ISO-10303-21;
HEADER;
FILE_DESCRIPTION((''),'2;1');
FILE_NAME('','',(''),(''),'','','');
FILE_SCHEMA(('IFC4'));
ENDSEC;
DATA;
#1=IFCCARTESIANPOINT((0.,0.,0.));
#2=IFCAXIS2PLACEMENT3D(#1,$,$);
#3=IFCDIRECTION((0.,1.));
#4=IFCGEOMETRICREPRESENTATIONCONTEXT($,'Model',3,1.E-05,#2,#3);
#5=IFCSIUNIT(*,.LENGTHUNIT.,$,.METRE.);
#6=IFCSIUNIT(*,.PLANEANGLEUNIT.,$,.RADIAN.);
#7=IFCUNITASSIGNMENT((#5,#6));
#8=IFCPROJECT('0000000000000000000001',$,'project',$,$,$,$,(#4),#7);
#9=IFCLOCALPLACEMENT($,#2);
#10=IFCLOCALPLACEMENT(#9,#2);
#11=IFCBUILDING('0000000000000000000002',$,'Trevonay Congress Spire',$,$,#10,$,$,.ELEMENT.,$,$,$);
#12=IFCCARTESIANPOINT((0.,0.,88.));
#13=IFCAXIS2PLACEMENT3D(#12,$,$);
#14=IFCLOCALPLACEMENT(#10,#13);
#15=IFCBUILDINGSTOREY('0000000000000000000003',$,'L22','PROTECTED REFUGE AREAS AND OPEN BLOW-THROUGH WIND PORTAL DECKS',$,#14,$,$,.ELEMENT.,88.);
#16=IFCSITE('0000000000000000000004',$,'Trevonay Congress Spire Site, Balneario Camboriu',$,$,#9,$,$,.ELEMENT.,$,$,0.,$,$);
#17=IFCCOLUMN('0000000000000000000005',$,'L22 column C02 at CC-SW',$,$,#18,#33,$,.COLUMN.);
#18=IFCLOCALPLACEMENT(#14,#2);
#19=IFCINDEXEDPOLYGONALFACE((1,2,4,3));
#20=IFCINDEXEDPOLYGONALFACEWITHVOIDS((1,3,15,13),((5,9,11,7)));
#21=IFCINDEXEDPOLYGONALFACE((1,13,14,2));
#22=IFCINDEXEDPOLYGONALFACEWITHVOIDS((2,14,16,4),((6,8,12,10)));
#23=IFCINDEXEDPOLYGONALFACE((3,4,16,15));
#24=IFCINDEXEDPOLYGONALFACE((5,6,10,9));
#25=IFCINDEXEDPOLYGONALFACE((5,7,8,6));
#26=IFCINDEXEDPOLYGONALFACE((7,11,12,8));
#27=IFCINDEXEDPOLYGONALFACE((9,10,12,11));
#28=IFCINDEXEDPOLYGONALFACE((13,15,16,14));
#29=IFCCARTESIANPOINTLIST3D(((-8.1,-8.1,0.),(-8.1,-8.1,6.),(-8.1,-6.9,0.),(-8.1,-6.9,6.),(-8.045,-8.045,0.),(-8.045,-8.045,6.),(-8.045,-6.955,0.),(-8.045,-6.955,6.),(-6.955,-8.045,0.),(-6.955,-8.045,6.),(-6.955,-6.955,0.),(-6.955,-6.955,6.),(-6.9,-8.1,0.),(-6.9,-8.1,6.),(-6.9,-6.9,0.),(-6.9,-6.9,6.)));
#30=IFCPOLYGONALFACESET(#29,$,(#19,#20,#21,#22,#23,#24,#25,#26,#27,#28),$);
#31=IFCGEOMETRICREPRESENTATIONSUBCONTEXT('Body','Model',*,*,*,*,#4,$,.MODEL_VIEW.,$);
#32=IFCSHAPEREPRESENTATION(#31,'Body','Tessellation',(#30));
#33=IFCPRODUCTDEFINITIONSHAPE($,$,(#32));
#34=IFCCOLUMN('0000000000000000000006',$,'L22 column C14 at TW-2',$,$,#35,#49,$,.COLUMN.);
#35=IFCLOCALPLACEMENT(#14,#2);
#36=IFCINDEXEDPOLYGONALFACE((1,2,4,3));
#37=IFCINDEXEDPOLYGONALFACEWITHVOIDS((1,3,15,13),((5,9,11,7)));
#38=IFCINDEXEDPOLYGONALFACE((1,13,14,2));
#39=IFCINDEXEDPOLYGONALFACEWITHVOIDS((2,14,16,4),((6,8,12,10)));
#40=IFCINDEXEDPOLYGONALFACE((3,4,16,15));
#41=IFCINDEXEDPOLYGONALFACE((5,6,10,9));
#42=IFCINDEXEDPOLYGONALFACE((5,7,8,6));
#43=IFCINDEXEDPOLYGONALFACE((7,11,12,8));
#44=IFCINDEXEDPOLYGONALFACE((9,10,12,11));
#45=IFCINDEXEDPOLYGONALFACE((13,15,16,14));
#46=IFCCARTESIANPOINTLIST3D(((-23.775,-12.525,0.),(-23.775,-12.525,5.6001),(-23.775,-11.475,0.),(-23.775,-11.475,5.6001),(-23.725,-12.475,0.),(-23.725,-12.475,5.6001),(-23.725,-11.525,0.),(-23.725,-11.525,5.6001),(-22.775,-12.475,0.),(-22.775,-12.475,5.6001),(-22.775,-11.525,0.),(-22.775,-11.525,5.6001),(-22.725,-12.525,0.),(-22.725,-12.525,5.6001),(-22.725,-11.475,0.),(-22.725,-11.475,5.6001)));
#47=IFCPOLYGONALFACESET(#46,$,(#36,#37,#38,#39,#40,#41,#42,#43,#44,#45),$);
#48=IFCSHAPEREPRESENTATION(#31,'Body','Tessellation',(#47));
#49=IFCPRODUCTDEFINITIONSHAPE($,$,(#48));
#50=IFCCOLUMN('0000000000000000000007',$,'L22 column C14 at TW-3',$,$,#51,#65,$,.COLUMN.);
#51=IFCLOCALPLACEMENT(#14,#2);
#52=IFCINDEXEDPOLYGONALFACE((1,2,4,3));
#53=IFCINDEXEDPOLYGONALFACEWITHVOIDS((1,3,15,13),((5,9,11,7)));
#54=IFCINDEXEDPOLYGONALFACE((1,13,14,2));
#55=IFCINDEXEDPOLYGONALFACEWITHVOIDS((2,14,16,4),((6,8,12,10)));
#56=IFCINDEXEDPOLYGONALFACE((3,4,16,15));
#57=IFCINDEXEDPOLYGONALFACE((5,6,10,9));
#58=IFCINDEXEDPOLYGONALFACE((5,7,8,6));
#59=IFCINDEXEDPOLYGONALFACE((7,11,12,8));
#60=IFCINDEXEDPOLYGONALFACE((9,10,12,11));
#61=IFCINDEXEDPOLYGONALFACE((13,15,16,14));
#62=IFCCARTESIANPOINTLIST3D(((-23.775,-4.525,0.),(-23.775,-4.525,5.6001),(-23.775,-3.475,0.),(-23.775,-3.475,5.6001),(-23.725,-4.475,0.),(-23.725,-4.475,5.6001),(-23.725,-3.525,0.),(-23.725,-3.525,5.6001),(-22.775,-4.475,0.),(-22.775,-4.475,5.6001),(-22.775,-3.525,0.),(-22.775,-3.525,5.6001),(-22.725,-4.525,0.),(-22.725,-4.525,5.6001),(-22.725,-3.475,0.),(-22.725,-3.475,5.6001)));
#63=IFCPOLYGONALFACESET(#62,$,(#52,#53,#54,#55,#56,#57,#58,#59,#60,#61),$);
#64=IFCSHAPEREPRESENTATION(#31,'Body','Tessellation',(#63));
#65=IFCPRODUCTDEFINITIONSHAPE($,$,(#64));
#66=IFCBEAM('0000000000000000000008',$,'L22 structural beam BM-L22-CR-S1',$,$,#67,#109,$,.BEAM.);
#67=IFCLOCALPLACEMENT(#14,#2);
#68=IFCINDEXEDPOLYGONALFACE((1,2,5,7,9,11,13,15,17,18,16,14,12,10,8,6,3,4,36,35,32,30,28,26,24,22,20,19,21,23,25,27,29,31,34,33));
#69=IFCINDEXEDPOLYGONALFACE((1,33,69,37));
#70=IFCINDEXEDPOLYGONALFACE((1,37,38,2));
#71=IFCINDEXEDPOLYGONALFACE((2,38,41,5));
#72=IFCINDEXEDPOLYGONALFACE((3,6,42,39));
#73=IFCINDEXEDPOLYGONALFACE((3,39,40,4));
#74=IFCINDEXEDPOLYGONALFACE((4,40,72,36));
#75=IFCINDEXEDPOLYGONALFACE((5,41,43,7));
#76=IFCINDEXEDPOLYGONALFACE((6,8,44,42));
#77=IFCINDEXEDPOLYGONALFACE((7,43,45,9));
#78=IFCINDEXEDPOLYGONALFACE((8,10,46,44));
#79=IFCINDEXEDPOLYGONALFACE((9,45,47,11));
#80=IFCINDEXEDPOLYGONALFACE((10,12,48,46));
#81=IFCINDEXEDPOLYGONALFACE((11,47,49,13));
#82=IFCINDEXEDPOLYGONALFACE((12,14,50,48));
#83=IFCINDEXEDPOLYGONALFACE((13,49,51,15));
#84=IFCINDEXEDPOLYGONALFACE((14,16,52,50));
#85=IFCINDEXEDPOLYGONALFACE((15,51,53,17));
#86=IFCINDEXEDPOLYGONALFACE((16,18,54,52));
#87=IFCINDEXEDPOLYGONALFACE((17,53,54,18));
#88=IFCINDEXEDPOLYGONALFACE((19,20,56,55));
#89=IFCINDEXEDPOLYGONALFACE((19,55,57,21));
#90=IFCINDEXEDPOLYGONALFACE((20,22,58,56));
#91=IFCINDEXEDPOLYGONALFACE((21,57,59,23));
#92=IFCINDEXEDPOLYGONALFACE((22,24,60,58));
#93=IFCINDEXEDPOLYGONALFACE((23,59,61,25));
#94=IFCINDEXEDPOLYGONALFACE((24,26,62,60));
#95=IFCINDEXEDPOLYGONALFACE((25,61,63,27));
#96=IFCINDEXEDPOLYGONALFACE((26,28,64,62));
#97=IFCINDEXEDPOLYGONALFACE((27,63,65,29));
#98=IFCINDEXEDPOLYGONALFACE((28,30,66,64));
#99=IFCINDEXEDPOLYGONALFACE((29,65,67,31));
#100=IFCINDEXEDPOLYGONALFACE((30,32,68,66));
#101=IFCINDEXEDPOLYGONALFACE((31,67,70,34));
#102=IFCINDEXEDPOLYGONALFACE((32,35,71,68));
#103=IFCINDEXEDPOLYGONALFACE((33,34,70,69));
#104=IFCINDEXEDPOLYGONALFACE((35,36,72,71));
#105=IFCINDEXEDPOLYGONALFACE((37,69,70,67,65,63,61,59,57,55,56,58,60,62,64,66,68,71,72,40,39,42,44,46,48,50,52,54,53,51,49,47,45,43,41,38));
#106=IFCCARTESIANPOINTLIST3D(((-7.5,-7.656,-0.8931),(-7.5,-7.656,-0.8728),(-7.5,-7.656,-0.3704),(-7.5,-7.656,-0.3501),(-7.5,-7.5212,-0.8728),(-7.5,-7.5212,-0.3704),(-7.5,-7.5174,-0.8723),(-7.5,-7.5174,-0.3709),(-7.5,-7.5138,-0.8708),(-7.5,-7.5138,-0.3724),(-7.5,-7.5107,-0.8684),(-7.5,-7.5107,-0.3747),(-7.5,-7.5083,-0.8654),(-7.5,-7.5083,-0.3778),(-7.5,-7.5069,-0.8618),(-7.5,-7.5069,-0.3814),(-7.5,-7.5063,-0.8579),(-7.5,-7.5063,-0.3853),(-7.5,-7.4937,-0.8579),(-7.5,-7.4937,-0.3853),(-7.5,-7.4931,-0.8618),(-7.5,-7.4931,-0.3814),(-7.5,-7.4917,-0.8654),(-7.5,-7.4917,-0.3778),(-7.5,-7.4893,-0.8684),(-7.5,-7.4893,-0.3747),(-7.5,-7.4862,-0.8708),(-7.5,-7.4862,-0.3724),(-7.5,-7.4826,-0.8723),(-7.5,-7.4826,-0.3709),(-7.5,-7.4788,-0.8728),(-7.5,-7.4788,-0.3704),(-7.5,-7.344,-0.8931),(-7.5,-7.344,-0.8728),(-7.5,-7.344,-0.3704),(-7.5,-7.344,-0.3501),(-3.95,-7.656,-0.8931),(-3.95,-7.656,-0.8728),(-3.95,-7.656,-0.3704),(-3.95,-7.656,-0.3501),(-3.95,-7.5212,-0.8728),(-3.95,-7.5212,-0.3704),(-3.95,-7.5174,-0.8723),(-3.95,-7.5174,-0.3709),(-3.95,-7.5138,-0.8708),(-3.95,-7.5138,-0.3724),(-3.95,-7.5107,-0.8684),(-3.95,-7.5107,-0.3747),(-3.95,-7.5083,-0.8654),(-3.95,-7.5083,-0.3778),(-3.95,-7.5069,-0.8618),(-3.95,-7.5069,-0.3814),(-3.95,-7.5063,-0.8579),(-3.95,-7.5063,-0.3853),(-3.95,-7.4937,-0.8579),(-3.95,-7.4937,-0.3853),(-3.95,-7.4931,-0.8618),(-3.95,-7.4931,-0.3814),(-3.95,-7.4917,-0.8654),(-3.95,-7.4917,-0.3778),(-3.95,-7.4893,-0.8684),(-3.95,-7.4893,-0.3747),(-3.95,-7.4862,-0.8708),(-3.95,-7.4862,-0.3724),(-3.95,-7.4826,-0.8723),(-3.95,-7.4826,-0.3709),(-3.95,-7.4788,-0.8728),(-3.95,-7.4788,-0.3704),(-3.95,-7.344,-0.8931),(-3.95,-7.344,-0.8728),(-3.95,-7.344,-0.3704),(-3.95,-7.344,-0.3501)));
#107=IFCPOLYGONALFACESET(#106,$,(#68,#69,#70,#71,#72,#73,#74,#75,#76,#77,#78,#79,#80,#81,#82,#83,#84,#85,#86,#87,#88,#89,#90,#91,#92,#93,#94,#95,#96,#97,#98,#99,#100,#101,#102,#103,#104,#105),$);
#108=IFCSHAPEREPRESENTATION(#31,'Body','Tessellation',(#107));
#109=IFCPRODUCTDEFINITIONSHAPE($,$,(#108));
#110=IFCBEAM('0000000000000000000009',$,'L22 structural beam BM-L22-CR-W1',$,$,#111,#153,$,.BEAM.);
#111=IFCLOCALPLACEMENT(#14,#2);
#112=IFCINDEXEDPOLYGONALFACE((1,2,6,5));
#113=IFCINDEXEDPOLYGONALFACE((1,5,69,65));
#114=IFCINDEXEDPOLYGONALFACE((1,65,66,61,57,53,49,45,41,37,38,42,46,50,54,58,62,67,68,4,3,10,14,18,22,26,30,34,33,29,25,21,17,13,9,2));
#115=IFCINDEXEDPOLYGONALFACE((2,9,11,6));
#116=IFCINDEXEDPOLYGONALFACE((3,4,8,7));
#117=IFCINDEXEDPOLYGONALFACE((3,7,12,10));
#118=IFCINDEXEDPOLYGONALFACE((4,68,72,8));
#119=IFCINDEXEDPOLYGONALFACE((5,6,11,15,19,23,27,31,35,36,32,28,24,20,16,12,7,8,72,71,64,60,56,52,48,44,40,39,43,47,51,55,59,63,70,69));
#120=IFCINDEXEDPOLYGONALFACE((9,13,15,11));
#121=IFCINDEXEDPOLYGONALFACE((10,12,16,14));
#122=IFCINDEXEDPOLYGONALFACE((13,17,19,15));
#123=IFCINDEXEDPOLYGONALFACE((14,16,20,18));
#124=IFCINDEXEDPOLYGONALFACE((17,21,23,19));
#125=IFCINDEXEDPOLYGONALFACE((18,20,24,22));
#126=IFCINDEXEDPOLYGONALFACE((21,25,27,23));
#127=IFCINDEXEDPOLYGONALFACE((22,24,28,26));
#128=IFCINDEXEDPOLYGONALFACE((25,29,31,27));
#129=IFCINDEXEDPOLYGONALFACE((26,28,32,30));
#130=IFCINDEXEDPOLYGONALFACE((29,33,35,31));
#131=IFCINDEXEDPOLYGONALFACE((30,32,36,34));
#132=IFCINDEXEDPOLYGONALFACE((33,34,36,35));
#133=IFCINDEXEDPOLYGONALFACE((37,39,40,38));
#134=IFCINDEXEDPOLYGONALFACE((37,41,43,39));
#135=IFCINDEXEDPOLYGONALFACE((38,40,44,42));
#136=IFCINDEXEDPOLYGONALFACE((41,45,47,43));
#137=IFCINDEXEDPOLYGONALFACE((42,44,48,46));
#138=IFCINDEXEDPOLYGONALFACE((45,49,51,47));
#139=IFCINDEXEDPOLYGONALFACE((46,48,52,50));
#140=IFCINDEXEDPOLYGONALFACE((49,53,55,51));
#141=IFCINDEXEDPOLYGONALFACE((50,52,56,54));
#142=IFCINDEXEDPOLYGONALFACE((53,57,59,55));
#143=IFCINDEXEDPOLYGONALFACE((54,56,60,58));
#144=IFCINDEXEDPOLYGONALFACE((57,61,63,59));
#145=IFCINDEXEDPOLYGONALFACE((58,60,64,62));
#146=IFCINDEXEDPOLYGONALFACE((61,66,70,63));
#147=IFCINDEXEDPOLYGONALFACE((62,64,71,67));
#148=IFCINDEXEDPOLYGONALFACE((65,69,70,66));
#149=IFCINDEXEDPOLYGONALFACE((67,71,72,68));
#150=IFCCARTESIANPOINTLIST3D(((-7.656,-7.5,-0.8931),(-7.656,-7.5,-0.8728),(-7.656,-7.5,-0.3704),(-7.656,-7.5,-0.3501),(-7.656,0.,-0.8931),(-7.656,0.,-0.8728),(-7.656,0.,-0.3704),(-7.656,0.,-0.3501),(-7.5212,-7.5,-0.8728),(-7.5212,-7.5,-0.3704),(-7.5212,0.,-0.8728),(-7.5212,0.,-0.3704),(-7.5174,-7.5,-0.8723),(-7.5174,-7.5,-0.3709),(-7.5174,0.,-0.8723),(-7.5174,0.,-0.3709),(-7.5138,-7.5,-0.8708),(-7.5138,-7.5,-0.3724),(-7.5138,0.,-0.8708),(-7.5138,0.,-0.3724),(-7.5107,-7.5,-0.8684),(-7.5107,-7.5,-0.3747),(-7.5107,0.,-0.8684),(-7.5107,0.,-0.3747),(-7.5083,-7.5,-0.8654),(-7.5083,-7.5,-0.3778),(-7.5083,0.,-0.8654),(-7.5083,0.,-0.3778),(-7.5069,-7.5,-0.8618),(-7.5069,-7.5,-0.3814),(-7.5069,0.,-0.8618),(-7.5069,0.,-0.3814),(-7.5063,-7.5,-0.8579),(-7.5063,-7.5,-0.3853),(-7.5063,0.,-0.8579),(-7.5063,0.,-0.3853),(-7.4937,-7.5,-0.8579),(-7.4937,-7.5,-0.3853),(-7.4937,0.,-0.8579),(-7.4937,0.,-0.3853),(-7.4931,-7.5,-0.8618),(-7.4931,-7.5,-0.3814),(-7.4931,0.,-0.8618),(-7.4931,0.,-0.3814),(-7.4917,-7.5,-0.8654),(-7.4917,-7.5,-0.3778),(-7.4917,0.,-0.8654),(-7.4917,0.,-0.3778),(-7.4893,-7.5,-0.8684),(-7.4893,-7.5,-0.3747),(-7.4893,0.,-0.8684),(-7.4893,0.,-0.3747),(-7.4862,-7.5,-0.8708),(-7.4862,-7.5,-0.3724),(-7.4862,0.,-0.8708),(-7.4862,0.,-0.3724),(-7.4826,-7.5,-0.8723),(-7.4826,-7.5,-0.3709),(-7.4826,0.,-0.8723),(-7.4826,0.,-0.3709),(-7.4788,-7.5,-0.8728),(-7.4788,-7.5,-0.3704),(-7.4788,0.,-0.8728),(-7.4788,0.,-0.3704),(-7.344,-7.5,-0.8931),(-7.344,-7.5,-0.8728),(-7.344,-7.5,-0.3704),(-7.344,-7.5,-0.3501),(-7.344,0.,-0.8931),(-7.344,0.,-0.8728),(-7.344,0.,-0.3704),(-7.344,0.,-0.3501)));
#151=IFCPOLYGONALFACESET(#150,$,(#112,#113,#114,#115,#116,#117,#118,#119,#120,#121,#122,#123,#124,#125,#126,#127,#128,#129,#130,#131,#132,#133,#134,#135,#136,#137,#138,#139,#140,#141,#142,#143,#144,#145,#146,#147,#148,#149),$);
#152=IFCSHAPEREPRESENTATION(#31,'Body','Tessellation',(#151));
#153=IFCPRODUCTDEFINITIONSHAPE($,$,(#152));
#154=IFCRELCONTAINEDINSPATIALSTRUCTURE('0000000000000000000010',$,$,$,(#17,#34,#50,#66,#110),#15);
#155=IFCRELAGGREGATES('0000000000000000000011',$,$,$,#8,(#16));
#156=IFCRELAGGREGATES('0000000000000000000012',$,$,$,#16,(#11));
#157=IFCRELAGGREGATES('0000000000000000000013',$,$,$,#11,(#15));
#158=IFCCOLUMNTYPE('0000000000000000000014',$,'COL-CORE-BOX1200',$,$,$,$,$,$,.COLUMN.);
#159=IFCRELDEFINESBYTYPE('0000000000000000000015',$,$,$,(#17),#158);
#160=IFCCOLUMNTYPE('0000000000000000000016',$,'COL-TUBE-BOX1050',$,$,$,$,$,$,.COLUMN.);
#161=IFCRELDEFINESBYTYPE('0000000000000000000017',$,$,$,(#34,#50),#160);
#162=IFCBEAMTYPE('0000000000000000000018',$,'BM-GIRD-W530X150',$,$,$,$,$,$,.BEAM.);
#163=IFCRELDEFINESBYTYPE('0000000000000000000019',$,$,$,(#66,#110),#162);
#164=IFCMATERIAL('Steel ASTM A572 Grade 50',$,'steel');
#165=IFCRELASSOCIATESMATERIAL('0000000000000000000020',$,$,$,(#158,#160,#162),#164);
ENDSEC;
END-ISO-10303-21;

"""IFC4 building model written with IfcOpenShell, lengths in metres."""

from ifc_helpers import new_model, si_unit, direction, frame, origin, origin_2d, place, context, subcontext, project, spatial, hollow_rectangle, i_section, extrude, material, material_profile, profile_set, type_object, element, save


model = new_model("IFC4")

# Units and contexts
model_context = context("Model", 3, precision=1e-05, world=origin(), true_north=direction((0.0, 1.0)))
body_context = subcontext(model_context, "Body", "Model", "MODEL_VIEW")
ifc_project = project(units=[si_unit("LENGTHUNIT", "METRE"), si_unit("PLANEANGLEUNIT", "RADIAN")], contexts=[model_context])

# Site, building, storey
site_placement = place(None, origin())
site = spatial("IfcSite", under=ifc_project, at=site_placement, Name="Trevonay Congress Spire Site, Balneario Camboriu", CompositionType="ELEMENT", RefElevation=0.0)
building_placement = place(site_placement, origin())
building = spatial("IfcBuilding", under=site, at=building_placement, Name="Trevonay Congress Spire", CompositionType="ELEMENT")
storey_placement = place(building_placement, frame((0.0, 0.0, 88.0)))
storey = spatial("IfcBuildingStorey", under=building, at=storey_placement, Name="L22", Description="PROTECTED REFUGE AREAS AND OPEN BLOW-THROUGH WIND PORTAL DECKS", CompositionType="ELEMENT", Elevation=88.0)

# Columns
ifc_material_1 = material(Name="Steel ASTM A572 Grade 50", Category="steel")
ifc_material_profile_1 = material_profile(ifc_material_1, hollow_rectangle(XDim=1.2, YDim=1.2, WallThickness=0.0549, at=origin_2d()), Name="BOX 1200x1200x55")
ifc_profile_set_1 = profile_set([ifc_material_profile_1], Name="Steel ASTM A572 Grade 50")
column_type_1 = type_object("IfcColumnType", Name="COL-CORE-BOX1200", PredefinedType="COLUMN", material=ifc_profile_set_1)
column_placement = place(storey_placement, frame((-7.5, -7.5, 0.0), z_axis=(0.0, 0.0, 1.0), x_axis=(1.0, 0.0, 0.0)))
element("IfcColumn", 1, at=column_placement, inside=storey, type_object=column_type_1, Name="L22 column C02 at CC-SW", PredefinedType="COLUMN", context=body_context, shape_type="SweptSolid", body=[
    extrude(hollow_rectangle(XDim=1.2, YDim=1.2, WallThickness=0.0549, at=origin_2d()), origin(), (0.0, 0.0, 1.0), 6.0),
])
ifc_material_profile_2 = material_profile(ifc_material_1, hollow_rectangle(XDim=1.05, YDim=1.05, WallThickness=0.05, at=origin_2d()), Name="BOX 1050x1050x50")
ifc_profile_set_2 = profile_set([ifc_material_profile_2], Name="Steel ASTM A572 Grade 50")
column_type_2 = type_object("IfcColumnType", Name="COL-TUBE-BOX1050", PredefinedType="COLUMN", material=ifc_profile_set_2)
for number, where, z_axis, x_axis, name in (
    (2, (-23.25, -12.0, 0.0), (0.0, 0.0, 1.0), (1.0, 0.0, 0.0), "L22 column C14 at TW-2"),
    (3, (-23.25, -4.0, 0.0), (0.0, 0.0, 1.0), (1.0, 0.0, 0.0), "L22 column C14 at TW-3"),
):
    element("IfcColumn", number, at=place(storey_placement, frame(where, z_axis=z_axis, x_axis=x_axis)), inside=storey, type_object=column_type_2, Name=name, PredefinedType="COLUMN", context=body_context, shape_type="SweptSolid", body=[
        extrude(hollow_rectangle(XDim=1.05, YDim=1.05, WallThickness=0.05, at=origin_2d()), origin(), (0.0, 0.0, 1.0), 5.6001),
    ])

# Beams
ifc_material_profile_3 = material_profile(ifc_material_1, i_section(OverallWidth=0.312, OverallDepth=0.543, WebThickness=0.0127, FlangeThickness=0.0203, FilletRadius=0.0149, at=origin_2d()), Name="W530x150")
ifc_profile_set_3 = profile_set([ifc_material_profile_3], Name="Steel ASTM A572 Grade 50")
beam_type_1 = type_object("IfcBeamType", Name="BM-GIRD-W530X150", PredefinedType="BEAM", material=ifc_profile_set_3)
beam_1_placement = place(storey_placement, frame((-7.5, -7.5, -0.6216), z_axis=(1.0, 0.0, 0.0), x_axis=(0.0, 1.0, 0.0)))
element("IfcBeam", 4, at=beam_1_placement, inside=storey, type_object=beam_type_1, Name="L22 structural beam BM-L22-CR-S1", PredefinedType="BEAM", context=body_context, shape_type="SweptSolid", body=[
    extrude(i_section(OverallWidth=0.312, OverallDepth=0.543, WebThickness=0.0127, FlangeThickness=0.0203, FilletRadius=0.0149, at=origin_2d()), origin(), (0.0, 0.0, 1.0), 3.55),
])
beam_2_placement = place(storey_placement, frame((-7.5, -7.5, -0.6216), z_axis=(0.0, 1.0, 0.0), x_axis=(-1.0, 0.0, 0.0)))
element("IfcBeam", 5, at=beam_2_placement, inside=storey, type_object=beam_type_1, Name="L22 structural beam BM-L22-CR-W1", PredefinedType="BEAM", context=body_context, shape_type="SweptSolid", body=[
    extrude(i_section(OverallWidth=0.312, OverallDepth=0.543, WebThickness=0.0127, FlangeThickness=0.0203, FilletRadius=0.0149, at=origin_2d()), origin(), (0.0, 0.0, 1.0), 7.5),
])

save(model, "model.ifc")
